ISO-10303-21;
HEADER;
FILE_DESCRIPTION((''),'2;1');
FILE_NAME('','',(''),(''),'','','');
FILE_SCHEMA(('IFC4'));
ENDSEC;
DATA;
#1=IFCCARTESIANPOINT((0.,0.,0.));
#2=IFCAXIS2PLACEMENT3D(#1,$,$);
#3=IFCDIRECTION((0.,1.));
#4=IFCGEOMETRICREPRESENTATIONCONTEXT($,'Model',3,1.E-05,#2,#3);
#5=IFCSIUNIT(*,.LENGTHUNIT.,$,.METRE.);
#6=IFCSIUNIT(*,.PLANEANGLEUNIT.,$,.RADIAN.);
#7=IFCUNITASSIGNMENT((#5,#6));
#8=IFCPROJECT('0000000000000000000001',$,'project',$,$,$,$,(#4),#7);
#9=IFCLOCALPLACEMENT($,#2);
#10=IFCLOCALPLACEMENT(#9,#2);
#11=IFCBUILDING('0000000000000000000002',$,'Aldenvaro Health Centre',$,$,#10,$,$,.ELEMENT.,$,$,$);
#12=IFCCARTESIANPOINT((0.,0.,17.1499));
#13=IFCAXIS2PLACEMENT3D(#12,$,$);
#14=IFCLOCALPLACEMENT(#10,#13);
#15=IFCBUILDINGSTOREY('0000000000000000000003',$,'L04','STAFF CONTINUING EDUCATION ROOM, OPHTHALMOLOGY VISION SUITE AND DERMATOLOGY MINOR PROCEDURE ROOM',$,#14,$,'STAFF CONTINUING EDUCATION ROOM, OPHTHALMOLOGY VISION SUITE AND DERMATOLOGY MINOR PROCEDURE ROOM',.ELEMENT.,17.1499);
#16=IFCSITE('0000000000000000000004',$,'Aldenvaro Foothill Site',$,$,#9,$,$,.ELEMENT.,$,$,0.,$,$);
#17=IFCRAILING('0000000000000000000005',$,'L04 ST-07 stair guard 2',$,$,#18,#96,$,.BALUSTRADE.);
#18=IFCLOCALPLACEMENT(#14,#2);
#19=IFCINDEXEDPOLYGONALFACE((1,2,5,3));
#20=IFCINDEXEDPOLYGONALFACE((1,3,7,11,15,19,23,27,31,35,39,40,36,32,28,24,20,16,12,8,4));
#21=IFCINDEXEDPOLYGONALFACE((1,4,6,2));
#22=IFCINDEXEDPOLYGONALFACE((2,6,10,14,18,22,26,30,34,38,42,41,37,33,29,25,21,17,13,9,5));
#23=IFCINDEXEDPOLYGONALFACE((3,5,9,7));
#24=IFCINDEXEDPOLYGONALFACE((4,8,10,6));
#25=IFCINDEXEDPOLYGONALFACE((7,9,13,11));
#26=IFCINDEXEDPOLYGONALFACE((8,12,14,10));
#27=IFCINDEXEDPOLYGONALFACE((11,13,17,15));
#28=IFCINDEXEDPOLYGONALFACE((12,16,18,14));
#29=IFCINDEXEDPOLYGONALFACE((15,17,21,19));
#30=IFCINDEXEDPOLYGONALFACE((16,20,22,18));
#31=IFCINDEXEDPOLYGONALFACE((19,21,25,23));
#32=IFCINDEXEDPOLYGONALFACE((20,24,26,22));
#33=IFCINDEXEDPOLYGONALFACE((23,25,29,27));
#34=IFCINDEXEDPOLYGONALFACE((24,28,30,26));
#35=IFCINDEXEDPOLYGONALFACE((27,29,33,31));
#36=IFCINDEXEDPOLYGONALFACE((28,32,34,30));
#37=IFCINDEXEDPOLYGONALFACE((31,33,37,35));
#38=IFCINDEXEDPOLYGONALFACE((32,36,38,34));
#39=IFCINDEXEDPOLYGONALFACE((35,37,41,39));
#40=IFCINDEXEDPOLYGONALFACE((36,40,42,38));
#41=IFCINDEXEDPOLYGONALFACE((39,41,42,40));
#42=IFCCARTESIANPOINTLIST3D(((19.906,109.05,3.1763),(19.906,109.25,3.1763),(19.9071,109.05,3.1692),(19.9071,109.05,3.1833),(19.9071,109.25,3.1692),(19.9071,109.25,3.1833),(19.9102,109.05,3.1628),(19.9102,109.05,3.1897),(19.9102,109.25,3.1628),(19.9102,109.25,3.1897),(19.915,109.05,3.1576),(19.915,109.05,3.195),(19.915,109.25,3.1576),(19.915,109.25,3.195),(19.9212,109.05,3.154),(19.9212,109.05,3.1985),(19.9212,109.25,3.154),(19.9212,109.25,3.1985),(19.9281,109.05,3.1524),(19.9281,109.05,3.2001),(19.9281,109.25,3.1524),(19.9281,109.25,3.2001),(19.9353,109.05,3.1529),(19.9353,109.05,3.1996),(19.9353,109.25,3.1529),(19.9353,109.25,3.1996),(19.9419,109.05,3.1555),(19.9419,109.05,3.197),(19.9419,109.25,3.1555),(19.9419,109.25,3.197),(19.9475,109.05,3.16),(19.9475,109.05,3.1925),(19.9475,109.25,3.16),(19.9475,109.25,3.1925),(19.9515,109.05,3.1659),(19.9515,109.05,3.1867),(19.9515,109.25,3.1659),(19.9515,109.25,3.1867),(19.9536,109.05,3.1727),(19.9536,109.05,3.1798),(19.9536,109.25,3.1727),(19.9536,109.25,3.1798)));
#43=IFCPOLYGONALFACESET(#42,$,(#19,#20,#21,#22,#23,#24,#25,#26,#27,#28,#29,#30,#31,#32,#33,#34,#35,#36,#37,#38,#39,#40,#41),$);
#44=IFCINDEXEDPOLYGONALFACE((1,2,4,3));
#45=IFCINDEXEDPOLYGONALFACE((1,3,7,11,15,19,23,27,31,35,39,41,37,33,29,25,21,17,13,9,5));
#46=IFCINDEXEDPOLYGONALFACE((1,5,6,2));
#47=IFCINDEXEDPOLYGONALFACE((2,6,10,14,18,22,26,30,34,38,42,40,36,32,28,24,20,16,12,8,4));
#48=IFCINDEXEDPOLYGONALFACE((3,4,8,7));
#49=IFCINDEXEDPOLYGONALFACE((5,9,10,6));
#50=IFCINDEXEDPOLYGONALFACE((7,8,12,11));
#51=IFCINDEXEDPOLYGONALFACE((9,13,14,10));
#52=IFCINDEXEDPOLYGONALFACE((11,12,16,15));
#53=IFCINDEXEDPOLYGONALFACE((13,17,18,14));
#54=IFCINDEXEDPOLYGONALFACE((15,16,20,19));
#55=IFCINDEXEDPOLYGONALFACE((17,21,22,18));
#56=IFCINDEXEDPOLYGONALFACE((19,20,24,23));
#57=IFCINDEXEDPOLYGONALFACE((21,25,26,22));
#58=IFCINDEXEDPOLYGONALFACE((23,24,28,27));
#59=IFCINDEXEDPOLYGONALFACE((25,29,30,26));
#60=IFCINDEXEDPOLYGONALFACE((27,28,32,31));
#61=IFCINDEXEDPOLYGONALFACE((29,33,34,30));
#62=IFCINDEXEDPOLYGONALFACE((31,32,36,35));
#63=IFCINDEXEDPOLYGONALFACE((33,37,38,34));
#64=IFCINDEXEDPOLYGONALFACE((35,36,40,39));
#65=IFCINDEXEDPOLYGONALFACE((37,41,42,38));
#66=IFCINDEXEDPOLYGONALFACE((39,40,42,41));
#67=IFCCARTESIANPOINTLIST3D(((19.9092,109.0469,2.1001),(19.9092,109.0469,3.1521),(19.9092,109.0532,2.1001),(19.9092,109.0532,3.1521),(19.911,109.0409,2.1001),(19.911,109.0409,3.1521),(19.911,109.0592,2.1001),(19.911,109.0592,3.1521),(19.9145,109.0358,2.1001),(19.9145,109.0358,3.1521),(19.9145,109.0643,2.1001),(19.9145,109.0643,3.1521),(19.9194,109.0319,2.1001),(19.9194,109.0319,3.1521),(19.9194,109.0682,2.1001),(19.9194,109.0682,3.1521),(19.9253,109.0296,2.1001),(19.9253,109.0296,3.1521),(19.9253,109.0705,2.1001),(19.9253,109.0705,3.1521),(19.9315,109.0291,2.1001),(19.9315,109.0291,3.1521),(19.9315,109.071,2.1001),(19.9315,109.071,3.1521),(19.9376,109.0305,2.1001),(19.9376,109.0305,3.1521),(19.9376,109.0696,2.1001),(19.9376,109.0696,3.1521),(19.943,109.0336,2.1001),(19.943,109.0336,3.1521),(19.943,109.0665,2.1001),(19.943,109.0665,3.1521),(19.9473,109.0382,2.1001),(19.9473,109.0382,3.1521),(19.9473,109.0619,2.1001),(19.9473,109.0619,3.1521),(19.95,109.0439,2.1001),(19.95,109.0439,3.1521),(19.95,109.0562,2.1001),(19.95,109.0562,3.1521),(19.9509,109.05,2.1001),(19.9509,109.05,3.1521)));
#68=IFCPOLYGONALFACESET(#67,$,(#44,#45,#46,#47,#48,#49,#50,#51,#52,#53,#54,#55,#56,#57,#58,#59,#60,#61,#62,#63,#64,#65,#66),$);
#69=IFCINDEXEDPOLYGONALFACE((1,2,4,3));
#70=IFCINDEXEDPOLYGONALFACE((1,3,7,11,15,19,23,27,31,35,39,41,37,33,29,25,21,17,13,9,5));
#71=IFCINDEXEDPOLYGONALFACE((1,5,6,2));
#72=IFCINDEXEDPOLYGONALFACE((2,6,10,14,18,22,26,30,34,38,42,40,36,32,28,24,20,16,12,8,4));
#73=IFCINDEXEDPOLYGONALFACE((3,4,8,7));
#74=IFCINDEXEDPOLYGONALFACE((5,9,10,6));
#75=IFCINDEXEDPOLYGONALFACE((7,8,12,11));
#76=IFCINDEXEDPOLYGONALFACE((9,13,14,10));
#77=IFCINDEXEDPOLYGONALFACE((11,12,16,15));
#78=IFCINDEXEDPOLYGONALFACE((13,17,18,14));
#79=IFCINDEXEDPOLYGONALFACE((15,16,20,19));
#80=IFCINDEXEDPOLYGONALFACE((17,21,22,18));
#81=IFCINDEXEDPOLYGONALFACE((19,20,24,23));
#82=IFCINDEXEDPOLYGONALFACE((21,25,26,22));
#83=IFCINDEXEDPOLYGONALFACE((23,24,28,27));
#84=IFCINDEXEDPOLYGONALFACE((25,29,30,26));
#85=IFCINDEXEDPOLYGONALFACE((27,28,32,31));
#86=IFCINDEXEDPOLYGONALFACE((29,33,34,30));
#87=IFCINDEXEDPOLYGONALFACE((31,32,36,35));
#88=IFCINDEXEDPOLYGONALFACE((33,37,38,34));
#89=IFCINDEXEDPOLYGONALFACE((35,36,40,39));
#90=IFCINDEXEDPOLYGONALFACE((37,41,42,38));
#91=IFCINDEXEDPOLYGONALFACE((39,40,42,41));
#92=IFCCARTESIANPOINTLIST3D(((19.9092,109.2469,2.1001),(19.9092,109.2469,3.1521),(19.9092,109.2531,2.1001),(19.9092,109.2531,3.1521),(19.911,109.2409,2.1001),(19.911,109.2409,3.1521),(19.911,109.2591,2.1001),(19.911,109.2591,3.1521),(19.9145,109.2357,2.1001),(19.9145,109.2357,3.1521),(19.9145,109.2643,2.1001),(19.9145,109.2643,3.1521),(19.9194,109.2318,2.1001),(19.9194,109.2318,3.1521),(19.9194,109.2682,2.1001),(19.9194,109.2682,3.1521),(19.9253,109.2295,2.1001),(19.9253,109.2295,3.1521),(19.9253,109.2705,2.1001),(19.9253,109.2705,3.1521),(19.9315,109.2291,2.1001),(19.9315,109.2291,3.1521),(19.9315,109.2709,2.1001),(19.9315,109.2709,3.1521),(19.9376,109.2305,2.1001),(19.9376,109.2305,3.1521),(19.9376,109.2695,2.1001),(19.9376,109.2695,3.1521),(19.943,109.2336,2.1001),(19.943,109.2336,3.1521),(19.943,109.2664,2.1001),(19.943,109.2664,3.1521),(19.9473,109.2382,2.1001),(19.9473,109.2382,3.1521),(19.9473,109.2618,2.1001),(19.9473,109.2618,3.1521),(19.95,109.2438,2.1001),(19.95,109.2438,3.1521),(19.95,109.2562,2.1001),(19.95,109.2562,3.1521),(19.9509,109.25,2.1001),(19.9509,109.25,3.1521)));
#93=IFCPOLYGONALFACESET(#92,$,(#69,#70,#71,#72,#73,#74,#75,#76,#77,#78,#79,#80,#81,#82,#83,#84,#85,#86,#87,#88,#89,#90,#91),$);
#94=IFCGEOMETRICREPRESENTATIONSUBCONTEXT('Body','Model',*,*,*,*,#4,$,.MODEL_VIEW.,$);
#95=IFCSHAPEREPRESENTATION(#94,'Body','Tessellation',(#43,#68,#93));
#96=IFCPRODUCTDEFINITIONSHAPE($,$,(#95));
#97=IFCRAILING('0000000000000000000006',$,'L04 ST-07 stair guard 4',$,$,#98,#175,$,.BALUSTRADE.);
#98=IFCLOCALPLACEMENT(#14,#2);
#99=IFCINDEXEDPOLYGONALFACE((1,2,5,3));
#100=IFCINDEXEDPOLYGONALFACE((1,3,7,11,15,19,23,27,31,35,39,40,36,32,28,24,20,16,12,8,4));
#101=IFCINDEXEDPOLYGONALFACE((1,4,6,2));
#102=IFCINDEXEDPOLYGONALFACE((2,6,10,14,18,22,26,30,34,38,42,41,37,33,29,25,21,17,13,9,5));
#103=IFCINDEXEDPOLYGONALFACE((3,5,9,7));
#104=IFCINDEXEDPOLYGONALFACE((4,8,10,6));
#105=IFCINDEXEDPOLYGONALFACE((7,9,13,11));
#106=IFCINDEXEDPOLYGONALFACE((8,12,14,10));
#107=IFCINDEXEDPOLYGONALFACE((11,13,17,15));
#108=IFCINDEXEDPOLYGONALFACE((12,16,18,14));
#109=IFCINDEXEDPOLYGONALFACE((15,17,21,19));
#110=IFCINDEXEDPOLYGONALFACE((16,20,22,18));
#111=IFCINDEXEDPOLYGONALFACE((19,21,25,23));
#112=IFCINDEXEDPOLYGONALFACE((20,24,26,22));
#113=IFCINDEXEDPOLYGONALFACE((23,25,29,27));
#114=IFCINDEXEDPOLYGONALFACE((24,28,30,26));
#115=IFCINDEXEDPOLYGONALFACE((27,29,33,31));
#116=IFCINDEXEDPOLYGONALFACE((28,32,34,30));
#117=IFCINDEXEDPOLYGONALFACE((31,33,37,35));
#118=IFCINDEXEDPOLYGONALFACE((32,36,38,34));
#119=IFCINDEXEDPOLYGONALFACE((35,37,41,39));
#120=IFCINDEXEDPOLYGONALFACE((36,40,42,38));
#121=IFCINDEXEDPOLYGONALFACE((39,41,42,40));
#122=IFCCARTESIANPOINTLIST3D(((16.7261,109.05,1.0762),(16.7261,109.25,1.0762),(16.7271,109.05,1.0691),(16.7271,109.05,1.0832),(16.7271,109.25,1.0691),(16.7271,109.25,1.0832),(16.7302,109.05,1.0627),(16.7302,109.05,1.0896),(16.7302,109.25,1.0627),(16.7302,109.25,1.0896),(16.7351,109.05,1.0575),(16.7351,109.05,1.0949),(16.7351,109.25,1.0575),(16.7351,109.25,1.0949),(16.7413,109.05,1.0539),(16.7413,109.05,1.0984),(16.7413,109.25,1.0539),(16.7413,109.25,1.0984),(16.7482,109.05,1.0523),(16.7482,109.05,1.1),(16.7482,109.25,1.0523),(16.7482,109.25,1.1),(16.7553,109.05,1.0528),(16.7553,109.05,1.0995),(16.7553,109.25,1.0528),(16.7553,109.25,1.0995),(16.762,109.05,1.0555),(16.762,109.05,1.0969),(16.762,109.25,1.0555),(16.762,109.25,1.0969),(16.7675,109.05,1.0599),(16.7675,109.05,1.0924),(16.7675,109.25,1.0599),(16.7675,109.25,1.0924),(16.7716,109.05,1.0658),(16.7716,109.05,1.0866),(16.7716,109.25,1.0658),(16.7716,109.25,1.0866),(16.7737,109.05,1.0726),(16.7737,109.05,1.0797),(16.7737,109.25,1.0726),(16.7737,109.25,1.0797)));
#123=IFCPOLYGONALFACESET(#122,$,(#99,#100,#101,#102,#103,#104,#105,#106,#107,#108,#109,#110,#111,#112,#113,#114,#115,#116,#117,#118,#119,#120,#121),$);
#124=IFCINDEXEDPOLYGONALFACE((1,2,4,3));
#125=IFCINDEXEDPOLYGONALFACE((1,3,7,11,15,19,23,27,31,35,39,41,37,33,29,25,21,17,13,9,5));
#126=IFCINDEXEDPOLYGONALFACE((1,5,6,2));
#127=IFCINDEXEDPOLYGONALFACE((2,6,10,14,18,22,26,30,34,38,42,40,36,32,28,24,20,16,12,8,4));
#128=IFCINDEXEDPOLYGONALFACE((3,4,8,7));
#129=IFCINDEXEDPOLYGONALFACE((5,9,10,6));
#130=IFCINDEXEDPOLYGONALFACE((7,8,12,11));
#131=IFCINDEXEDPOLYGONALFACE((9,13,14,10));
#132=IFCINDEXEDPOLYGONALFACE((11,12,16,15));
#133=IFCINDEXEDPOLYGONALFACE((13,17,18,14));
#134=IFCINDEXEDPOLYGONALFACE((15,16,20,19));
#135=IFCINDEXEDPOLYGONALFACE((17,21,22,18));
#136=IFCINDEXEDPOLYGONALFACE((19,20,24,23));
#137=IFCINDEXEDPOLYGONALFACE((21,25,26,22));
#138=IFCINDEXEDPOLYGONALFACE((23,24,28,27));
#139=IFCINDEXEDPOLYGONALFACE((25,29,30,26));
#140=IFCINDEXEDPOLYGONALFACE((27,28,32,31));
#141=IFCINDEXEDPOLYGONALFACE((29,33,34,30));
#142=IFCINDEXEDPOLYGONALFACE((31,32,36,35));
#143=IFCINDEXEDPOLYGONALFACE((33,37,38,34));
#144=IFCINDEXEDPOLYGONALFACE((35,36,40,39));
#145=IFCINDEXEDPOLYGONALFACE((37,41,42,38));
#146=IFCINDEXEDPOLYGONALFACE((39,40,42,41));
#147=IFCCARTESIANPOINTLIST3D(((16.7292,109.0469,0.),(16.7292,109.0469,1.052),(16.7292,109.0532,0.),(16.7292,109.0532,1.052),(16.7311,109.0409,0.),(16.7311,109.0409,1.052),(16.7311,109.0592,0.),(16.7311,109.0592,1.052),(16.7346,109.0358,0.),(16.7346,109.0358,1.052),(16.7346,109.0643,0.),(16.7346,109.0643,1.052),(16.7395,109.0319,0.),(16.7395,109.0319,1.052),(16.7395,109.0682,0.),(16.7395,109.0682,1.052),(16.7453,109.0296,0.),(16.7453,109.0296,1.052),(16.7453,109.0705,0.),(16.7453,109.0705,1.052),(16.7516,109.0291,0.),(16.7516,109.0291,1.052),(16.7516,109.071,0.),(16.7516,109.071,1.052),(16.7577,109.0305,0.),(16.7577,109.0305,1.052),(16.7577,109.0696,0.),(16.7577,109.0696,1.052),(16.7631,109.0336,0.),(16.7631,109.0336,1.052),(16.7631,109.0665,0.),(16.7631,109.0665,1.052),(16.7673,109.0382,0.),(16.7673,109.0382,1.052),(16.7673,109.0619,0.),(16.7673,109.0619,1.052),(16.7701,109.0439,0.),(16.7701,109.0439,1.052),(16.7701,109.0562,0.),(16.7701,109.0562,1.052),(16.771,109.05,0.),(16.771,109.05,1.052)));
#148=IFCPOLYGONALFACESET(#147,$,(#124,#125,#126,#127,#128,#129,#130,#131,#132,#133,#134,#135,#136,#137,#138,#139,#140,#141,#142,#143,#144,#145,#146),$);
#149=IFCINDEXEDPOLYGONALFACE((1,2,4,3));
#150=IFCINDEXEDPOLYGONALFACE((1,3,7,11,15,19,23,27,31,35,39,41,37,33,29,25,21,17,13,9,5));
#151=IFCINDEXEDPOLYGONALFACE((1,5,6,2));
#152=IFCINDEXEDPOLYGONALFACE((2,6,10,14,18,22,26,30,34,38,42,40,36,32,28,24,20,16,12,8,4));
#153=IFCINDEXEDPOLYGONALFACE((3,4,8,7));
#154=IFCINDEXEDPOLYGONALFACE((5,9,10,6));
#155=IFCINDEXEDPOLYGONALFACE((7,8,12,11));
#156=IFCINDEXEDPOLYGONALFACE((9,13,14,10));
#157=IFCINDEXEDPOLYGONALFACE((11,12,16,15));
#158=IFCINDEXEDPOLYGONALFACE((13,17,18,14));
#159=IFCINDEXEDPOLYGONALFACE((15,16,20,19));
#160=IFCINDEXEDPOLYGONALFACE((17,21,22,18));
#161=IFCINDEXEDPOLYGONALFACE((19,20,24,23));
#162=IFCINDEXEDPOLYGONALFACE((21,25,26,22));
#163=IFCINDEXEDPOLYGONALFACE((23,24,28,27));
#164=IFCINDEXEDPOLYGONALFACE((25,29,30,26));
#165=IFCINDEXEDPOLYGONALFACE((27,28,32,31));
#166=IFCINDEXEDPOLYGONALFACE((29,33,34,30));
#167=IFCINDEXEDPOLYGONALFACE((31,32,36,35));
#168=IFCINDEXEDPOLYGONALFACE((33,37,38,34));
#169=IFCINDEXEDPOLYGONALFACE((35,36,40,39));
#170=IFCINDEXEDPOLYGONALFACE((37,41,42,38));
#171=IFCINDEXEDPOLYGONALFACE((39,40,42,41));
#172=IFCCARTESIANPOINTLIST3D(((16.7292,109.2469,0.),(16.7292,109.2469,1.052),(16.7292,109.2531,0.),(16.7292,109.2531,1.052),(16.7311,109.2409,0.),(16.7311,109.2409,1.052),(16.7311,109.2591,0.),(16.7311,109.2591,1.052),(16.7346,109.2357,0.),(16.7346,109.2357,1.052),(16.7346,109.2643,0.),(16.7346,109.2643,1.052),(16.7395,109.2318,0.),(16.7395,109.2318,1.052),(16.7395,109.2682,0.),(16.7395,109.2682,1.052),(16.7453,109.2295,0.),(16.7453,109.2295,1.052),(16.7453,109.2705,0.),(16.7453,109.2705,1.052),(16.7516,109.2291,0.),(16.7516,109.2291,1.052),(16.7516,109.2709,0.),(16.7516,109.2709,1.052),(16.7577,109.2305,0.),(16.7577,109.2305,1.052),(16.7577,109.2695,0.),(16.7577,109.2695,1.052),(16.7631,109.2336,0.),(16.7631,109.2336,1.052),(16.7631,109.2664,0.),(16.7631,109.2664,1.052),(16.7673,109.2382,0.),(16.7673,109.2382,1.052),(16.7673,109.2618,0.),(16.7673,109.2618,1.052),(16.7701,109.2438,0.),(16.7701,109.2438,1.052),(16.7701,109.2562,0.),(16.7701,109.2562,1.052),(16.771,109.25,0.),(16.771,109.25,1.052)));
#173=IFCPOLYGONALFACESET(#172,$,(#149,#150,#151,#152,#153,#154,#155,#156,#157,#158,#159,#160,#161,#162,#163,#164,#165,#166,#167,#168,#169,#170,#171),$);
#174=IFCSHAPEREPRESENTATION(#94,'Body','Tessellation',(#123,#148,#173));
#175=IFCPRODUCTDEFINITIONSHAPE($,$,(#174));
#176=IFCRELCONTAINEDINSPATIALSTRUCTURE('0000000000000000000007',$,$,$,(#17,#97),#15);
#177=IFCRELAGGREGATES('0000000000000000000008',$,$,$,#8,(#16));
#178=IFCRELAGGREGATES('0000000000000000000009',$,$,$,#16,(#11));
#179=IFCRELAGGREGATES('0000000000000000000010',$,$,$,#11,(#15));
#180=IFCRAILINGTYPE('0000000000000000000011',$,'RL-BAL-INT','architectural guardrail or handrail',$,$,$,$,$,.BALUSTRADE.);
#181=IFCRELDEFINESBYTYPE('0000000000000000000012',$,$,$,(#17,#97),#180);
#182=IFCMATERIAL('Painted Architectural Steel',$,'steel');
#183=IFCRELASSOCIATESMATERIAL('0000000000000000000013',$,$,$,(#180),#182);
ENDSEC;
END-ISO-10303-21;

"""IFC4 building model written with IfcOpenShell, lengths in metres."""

from ifc_helpers import new_model, si_unit, direction, frame, origin, origin_2d, place, context, subcontext, project, spatial, circle, extrude, material, type_object, element, save


model = new_model("IFC4")

# Units and contexts
model_context = context("Model", 3, precision=1e-05, world=origin(), true_north=direction((0.0, 1.0)))
body_context = subcontext(model_context, "Body", "Model", "MODEL_VIEW")
ifc_project = project(units=[si_unit("LENGTHUNIT", "METRE"), si_unit("PLANEANGLEUNIT", "RADIAN")], contexts=[model_context])

# Site, building, storey
site_placement = place(None, origin())
site = spatial("IfcSite", under=ifc_project, at=site_placement, Name="Aldenvaro Foothill Site", CompositionType="ELEMENT", RefElevation=0.0)
building_placement = place(site_placement, origin())
building = spatial("IfcBuilding", under=site, at=building_placement, Name="Aldenvaro Health Centre", CompositionType="ELEMENT")
storey_placement = place(building_placement, frame((0.0, 0.0, 17.1499)))
storey = spatial("IfcBuildingStorey", under=building, at=storey_placement, Name="L04", Description="STAFF CONTINUING EDUCATION ROOM, OPHTHALMOLOGY VISION SUITE AND DERMATOLOGY MINOR PROCEDURE ROOM", LongName="STAFF CONTINUING EDUCATION ROOM, OPHTHALMOLOGY VISION SUITE AND DERMATOLOGY MINOR PROCEDURE ROOM", CompositionType="ELEMENT", Elevation=17.1499)

# Railings
ifc_material_1 = material(Name="Painted Architectural Steel", Category="steel")
railing_type_1 = type_object("IfcRailingType", Name="RL-BAL-INT", Description="architectural guardrail or handrail", PredefinedType="BALUSTRADE", material=ifc_material_1)
for number, where, name in (
    (1, (19.9299, 109.05, 2.1001), "L04 ST-07 stair guard 2"),
    (2, (16.75, 109.05, 0.0), "L04 ST-07 stair guard 4"),
):
    element("IfcRailing", number, at=place(storey_placement, frame(where)), inside=storey, type_object=railing_type_1, Name=name, PredefinedType="BALUSTRADE", context=body_context, shape_type="SweptSolid", body=[
        extrude(circle(Radius=0.0239, at=origin_2d()), frame((0.0, 0.0, 1.0762), z_axis=(0.0, 1.0, 0.0), x_axis=(-1.0, 0.0, 0.0)), (0.0, 0.0, 1.0), 0.2),
        extrude(circle(Radius=0.021, at=origin_2d()), origin(), (0.0, 0.0, 1.0), 1.052),
        extrude(circle(Radius=0.021, at=origin_2d()), frame((0.0, 0.2, 0.0)), (0.0, 0.0, 1.0), 1.052),
    ])

save(model, "model.ifc")
